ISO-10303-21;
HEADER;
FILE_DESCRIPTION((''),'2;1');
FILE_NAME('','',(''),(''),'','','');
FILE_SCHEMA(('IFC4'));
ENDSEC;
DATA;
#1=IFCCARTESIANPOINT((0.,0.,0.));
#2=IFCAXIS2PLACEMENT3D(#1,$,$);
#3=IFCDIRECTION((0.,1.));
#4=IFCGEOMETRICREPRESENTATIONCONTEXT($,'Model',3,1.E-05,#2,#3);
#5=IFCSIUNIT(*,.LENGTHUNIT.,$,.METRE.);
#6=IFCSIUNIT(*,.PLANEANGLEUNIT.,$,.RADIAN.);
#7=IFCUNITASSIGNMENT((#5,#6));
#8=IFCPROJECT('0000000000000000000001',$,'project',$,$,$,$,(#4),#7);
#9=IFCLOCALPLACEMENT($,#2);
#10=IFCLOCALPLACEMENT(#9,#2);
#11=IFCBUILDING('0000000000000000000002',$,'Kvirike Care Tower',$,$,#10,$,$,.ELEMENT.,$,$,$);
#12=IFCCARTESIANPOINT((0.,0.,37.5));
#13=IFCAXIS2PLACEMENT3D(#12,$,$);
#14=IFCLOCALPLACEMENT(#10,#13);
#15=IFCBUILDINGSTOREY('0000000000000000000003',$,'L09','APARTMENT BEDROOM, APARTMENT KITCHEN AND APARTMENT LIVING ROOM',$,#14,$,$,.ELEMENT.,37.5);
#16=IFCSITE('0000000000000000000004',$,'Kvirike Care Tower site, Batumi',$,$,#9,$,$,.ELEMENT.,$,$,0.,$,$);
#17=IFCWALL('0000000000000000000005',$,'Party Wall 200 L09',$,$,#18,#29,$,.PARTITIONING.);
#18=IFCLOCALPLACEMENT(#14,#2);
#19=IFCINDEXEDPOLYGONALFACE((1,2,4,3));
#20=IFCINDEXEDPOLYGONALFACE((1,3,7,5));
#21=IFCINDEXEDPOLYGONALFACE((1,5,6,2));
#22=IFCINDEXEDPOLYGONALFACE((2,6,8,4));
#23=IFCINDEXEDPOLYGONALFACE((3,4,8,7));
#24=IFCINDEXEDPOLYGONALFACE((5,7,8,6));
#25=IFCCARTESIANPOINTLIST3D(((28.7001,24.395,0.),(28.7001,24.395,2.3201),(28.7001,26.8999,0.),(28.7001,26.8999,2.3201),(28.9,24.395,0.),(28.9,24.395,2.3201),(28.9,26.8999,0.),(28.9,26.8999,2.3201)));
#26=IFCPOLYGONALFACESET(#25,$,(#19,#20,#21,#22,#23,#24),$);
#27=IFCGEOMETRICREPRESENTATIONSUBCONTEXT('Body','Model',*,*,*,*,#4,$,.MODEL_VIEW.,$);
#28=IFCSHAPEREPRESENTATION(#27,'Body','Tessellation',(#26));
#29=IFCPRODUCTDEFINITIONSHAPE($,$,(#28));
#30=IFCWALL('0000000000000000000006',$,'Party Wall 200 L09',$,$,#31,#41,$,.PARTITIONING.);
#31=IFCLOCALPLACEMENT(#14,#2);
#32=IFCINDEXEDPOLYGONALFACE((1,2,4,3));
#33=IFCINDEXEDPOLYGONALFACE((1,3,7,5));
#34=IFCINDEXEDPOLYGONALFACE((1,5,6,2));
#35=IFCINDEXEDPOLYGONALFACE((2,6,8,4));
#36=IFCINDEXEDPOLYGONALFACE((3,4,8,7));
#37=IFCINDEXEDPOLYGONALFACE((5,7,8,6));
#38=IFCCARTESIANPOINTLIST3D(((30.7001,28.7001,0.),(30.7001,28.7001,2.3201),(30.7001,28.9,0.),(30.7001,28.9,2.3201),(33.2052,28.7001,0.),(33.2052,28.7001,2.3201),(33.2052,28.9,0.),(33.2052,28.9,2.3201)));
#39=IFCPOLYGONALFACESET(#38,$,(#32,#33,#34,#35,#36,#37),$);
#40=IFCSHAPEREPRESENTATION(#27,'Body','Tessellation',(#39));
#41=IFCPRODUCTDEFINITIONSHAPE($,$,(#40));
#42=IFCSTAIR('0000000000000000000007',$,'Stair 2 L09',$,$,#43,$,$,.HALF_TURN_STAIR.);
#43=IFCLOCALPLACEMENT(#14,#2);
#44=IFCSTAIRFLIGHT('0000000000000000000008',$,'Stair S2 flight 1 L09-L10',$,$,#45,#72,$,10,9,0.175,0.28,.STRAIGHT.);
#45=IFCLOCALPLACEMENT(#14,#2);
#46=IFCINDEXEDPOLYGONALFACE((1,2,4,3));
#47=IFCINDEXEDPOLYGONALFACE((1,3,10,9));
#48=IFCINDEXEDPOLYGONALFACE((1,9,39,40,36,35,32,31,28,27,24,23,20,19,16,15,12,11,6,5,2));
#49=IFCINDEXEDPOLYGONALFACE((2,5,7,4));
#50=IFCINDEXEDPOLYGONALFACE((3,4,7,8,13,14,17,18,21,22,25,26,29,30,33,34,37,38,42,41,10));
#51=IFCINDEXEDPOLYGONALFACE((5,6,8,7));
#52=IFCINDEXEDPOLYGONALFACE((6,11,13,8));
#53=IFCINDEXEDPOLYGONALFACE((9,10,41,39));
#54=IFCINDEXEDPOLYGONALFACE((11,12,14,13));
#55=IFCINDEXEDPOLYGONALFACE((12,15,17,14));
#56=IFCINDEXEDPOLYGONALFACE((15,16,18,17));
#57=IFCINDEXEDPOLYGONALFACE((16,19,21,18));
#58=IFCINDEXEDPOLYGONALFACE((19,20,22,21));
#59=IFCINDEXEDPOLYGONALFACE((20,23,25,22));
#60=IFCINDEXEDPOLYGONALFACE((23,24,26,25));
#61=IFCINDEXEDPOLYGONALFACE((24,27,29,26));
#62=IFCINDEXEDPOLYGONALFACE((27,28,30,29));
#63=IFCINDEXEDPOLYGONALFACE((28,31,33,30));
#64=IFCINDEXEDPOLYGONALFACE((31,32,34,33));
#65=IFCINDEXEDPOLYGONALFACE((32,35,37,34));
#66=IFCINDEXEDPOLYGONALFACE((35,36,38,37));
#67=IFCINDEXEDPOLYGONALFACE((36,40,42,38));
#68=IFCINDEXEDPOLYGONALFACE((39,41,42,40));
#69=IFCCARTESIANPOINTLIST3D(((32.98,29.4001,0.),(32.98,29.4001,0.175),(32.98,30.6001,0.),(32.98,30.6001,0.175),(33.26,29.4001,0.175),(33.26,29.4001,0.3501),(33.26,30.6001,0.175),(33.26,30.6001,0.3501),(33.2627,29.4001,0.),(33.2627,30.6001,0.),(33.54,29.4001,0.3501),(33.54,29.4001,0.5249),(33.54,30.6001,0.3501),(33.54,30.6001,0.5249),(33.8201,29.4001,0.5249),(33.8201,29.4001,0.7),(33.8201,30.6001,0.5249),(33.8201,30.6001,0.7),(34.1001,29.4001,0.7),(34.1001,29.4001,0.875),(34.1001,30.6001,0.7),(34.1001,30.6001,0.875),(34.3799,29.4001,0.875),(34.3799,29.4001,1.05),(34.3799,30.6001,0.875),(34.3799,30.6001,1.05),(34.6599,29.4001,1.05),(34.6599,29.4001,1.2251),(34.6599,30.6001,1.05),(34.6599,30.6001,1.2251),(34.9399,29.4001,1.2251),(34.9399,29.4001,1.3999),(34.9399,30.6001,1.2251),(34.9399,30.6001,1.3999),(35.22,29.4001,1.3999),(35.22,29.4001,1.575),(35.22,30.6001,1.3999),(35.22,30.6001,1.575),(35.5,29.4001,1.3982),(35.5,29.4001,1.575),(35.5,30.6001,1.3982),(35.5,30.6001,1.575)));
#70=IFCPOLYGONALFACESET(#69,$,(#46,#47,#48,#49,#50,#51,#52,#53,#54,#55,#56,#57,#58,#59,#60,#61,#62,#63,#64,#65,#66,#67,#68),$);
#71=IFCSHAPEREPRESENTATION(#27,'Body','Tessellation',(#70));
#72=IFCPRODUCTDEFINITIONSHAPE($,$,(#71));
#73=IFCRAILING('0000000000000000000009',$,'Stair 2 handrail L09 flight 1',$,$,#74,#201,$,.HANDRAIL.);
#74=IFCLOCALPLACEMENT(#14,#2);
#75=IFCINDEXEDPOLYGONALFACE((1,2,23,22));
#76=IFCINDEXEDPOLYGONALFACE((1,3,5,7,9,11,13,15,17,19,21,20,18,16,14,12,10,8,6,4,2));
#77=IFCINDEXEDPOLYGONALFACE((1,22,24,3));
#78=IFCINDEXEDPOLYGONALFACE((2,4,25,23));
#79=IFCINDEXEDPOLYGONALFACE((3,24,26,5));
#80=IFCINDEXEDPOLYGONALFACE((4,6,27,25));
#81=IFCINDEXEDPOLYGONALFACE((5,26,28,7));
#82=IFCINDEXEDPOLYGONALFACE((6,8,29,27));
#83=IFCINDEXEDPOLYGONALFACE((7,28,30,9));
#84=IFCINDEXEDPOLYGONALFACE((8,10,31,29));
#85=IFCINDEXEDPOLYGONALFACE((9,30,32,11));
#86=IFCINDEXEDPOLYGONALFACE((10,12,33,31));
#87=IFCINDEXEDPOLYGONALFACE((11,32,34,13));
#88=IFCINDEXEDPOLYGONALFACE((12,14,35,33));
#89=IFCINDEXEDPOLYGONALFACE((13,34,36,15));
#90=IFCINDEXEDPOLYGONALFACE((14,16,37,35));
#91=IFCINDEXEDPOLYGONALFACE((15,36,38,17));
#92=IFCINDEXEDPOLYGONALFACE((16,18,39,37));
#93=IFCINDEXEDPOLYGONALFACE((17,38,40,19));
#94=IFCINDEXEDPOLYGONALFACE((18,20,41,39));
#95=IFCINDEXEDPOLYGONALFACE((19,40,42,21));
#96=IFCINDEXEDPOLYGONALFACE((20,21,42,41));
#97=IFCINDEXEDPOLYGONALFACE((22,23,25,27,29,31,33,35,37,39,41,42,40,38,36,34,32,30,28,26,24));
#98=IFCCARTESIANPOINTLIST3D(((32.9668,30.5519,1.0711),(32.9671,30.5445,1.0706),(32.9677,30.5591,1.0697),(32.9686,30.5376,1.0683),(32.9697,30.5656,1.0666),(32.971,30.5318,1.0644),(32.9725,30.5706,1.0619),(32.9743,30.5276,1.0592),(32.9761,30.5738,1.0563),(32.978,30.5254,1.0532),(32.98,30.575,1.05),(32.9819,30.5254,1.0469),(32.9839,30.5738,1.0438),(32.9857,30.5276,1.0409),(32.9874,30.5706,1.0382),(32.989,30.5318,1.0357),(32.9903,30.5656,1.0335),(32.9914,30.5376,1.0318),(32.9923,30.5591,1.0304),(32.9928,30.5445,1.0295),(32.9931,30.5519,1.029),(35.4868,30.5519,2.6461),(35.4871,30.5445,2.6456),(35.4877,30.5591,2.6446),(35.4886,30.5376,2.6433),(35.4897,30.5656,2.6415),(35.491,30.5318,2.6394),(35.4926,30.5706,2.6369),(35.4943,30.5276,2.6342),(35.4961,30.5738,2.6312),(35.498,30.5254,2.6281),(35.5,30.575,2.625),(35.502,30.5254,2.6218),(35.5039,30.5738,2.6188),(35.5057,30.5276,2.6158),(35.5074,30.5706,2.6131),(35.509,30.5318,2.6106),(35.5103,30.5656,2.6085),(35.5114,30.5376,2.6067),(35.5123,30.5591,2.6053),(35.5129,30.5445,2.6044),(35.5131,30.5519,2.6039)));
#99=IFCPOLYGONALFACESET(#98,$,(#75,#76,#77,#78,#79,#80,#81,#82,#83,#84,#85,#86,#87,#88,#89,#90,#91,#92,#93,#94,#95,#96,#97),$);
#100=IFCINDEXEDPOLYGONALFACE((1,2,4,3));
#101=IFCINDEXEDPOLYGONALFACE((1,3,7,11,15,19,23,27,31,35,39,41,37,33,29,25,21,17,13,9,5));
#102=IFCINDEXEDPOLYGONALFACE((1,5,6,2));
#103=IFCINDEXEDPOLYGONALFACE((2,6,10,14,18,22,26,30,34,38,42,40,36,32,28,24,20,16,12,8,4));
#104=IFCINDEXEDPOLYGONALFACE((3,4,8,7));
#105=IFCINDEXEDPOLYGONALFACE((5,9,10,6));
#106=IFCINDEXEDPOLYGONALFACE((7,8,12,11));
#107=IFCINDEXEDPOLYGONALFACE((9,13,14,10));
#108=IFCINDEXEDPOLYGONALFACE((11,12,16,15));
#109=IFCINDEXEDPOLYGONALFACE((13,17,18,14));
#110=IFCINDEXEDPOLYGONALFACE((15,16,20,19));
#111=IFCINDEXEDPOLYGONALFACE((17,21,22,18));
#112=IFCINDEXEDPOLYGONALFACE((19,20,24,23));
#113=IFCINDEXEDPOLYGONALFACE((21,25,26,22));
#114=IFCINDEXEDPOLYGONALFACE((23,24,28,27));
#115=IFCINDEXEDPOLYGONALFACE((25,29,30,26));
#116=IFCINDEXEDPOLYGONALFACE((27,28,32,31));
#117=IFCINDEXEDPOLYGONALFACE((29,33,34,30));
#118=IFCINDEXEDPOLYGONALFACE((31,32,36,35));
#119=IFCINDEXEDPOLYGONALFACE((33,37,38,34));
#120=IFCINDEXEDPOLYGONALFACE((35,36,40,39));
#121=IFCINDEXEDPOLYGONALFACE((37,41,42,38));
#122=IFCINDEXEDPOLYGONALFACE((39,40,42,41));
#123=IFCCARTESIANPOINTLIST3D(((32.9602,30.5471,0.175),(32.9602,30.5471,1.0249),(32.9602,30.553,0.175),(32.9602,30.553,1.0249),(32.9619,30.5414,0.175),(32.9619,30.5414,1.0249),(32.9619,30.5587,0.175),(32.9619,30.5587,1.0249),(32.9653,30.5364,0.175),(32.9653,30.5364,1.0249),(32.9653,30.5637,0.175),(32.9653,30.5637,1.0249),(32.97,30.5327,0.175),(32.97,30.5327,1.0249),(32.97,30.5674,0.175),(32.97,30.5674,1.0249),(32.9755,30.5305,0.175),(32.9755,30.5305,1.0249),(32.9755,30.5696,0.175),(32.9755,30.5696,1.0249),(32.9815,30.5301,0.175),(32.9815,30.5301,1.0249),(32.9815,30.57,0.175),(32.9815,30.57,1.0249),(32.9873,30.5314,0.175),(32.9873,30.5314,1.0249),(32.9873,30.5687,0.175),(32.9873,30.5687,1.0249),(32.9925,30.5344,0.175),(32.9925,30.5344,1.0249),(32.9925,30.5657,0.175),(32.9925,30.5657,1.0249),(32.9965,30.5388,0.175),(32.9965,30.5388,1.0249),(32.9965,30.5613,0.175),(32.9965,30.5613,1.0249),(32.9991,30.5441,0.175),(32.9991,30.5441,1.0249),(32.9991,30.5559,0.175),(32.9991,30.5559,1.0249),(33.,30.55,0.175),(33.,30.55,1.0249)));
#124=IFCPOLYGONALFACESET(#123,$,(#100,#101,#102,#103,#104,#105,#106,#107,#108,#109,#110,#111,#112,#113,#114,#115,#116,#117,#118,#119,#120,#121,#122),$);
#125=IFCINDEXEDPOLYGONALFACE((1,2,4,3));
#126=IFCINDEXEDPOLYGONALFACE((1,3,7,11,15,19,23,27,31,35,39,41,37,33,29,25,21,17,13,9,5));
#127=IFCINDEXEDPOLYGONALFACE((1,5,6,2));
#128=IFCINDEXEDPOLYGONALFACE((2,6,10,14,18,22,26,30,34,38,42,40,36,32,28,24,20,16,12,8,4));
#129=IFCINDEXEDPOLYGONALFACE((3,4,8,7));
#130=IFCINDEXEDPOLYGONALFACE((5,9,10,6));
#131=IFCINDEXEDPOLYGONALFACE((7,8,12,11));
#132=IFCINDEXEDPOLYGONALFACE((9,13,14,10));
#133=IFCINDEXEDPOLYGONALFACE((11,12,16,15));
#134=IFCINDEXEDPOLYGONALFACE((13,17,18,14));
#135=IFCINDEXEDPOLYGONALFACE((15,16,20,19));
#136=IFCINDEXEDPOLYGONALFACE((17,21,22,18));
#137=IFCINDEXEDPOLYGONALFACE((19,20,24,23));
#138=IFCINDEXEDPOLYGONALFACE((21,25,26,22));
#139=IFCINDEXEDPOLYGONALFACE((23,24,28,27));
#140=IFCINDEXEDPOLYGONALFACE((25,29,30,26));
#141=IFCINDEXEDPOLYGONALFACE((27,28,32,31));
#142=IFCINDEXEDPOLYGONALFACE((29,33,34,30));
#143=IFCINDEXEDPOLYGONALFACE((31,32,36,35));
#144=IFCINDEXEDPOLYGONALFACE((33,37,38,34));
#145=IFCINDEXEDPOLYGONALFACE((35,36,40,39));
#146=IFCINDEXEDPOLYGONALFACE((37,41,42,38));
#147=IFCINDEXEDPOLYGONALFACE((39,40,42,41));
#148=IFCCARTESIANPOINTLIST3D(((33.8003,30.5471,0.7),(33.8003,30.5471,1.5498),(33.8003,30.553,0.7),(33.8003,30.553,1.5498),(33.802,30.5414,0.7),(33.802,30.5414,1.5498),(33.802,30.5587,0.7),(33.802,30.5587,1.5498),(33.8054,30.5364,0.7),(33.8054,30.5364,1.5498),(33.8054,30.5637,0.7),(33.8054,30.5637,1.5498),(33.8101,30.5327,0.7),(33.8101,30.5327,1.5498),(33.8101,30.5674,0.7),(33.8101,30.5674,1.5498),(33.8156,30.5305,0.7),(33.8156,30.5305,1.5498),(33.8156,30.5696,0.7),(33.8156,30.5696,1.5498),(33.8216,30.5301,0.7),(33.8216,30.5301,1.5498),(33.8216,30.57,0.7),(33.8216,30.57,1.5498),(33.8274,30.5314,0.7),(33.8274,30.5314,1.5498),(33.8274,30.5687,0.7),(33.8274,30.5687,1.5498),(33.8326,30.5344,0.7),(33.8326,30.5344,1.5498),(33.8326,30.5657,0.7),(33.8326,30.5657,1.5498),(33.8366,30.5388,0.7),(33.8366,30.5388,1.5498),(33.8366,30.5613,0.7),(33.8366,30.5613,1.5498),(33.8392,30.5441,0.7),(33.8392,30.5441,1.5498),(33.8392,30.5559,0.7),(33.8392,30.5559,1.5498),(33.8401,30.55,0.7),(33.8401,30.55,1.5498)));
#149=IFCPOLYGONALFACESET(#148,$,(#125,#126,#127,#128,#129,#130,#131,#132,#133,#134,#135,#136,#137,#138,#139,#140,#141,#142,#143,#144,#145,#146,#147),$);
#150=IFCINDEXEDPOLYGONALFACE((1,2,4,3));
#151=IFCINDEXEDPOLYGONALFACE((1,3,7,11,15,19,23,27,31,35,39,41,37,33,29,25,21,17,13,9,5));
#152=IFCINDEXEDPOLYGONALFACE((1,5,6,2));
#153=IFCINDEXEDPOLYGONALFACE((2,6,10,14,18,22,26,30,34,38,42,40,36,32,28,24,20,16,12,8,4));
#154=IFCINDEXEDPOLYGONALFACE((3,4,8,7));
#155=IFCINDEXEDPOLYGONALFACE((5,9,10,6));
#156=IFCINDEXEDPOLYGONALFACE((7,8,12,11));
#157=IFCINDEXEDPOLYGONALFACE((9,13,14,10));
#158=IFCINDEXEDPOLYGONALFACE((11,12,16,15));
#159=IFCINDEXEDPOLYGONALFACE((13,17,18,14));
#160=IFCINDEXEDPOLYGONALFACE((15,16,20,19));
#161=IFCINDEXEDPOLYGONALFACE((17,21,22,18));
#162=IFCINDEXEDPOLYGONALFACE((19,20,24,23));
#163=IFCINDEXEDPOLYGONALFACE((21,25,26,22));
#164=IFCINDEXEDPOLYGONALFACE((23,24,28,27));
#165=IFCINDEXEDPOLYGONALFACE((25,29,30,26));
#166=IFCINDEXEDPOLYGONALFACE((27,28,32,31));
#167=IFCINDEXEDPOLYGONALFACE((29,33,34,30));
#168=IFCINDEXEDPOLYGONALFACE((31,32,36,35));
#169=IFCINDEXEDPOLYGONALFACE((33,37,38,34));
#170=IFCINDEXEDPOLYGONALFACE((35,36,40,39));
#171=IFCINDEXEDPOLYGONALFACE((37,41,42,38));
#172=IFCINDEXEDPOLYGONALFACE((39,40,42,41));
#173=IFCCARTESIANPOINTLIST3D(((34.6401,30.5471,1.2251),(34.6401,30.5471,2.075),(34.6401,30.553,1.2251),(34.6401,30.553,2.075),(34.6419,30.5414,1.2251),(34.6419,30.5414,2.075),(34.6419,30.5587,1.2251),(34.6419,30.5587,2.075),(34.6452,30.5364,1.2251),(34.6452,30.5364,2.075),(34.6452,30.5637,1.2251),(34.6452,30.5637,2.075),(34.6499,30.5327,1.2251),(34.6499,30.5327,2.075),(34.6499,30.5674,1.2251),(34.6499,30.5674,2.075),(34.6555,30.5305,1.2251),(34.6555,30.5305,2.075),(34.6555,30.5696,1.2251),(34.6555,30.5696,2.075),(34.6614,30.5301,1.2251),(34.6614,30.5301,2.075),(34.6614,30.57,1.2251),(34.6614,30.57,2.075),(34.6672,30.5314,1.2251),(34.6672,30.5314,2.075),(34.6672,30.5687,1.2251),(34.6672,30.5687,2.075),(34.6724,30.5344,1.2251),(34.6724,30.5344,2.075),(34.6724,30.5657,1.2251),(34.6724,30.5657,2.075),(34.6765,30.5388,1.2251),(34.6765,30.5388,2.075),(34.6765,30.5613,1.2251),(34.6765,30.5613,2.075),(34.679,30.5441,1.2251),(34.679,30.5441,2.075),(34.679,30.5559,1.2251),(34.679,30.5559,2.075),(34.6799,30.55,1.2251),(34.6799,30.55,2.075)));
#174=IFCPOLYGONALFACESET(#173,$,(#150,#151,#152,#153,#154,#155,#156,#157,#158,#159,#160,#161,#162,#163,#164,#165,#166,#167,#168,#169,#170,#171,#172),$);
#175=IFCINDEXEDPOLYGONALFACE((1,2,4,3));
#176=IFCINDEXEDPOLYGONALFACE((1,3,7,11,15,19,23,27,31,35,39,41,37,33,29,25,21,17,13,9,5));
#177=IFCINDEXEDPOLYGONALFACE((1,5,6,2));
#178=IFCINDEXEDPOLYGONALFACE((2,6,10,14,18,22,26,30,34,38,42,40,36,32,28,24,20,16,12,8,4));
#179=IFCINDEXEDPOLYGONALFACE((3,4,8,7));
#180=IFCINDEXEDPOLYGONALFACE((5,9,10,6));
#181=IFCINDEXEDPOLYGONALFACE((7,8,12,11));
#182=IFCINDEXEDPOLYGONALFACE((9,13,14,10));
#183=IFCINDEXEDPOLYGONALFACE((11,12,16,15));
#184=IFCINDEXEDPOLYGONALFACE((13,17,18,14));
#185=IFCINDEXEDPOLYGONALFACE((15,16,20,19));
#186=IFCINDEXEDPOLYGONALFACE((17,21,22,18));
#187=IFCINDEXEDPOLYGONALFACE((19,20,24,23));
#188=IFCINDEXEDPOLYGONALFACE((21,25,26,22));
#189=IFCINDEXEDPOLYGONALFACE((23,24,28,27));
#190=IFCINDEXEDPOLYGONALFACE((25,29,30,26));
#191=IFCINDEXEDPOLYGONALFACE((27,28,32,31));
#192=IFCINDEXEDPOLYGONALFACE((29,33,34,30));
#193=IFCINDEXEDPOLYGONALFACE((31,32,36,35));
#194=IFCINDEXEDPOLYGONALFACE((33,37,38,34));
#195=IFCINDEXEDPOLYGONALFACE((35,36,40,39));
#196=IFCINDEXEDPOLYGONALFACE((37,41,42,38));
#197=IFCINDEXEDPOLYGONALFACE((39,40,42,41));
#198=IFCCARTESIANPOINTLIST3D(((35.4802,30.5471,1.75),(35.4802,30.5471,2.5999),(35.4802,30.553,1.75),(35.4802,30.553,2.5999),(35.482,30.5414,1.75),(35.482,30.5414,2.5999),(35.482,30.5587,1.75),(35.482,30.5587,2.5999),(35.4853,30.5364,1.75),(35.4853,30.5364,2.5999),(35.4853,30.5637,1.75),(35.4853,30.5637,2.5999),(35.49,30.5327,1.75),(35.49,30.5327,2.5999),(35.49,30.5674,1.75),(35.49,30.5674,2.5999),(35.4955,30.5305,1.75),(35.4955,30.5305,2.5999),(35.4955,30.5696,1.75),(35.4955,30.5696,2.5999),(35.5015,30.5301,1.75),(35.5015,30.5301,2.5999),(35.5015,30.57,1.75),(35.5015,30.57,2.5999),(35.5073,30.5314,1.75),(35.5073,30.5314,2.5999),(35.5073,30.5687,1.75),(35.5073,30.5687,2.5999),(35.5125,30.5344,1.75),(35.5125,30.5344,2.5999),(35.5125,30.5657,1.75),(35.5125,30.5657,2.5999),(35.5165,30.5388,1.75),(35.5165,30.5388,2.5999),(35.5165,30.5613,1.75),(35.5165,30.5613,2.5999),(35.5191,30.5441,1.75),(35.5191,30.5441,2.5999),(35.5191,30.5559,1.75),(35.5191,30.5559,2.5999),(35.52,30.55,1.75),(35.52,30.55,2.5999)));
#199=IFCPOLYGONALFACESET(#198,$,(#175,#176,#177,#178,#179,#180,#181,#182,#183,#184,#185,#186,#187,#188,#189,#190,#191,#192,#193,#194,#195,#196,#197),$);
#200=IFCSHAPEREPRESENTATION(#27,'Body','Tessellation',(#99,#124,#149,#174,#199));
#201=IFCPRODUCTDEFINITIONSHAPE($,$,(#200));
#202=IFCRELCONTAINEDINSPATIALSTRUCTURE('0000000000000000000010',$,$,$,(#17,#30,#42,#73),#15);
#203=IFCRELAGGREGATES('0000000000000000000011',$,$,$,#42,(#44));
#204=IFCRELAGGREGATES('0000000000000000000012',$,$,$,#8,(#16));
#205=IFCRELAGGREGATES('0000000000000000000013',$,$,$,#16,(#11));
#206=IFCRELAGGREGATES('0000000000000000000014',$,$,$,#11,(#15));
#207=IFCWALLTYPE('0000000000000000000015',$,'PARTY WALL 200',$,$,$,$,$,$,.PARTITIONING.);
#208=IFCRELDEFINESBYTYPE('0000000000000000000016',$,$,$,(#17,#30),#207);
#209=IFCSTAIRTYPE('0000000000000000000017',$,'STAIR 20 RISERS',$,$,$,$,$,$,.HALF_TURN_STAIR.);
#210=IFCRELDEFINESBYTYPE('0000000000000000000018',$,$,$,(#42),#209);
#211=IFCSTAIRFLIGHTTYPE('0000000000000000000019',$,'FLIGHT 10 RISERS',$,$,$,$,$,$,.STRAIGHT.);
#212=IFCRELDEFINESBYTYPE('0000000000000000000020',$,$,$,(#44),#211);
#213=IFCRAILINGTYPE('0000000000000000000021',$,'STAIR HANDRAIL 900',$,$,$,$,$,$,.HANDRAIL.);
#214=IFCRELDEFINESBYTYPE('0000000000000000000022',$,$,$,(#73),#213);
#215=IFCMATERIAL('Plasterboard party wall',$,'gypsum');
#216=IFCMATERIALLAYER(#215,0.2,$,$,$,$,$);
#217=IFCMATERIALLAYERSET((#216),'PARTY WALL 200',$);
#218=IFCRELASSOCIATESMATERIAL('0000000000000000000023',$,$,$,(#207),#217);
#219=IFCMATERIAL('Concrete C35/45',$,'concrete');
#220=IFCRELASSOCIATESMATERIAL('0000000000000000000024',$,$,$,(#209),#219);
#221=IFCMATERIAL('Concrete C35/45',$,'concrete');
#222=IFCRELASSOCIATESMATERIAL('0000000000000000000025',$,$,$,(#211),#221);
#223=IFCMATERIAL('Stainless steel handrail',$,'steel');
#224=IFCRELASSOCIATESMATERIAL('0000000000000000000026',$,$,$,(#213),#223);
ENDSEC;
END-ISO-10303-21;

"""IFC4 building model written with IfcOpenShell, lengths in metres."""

from ifc_helpers import new_model, si_unit, direction, frame, frame_2d, origin, origin_2d, place, context, subcontext, project, spatial, polyline, rectangle, circle, outline, extrude, material, layer, layer_set, type_object, element, aggregate, save


model = new_model("IFC4")

# Units and contexts
model_context = context("Model", 3, precision=1e-05, world=origin(), true_north=direction((0.0, 1.0)))
body_context = subcontext(model_context, "Body", "Model", "MODEL_VIEW")
ifc_project = project(units=[si_unit("LENGTHUNIT", "METRE"), si_unit("PLANEANGLEUNIT", "RADIAN")], contexts=[model_context])

# Site, building, storey
site_placement = place(None, origin())
site = spatial("IfcSite", under=ifc_project, at=site_placement, Name="Kvirike Care Tower site, Batumi", CompositionType="ELEMENT", RefElevation=0.0)
building_placement = place(site_placement, origin())
building = spatial("IfcBuilding", under=site, at=building_placement, Name="Kvirike Care Tower", CompositionType="ELEMENT")
storey_placement = place(building_placement, frame((0.0, 0.0, 37.5)))
storey = spatial("IfcBuildingStorey", under=building, at=storey_placement, Name="L09", Description="APARTMENT BEDROOM, APARTMENT KITCHEN AND APARTMENT LIVING ROOM", CompositionType="ELEMENT", Elevation=37.5)

# Walls
ifc_material_1 = material(Name="Plasterboard party wall", Category="gypsum")
ifc_layer_1 = layer(ifc_material_1, 0.2)
ifc_layer_set_1 = layer_set([ifc_layer_1], Name="PARTY WALL 200")
wall_type_1 = type_object("IfcWallType", Name="PARTY WALL 200", PredefinedType="PARTITIONING", material=ifc_layer_set_1)
wall_1_placement = place(storey_placement, frame((28.8, 24.395, 0.0), z_axis=(0.0, 0.0, 1.0), x_axis=(0.0, 1.0, 0.0)))
element("IfcWall", 1, at=wall_1_placement, inside=storey, type_object=wall_type_1, Name="Party Wall 200 L09", PredefinedType="PARTITIONING", context=body_context, shape_type="SweptSolid", body=[
    extrude(rectangle(XDim=2.5049, YDim=0.2, at=frame_2d((1.2524, 0.0))), origin(), (0.0, 0.0, 1.0), 2.3201),
])
wall_2_placement = place(storey_placement, frame((33.2051, 28.8, 0.0), z_axis=(0.0, 0.0, 1.0), x_axis=(-1.0, 0.0, 0.0)))
element("IfcWall", 2, at=wall_2_placement, inside=storey, type_object=wall_type_1, Name="Party Wall 200 L09", PredefinedType="PARTITIONING", context=body_context, shape_type="SweptSolid", body=[
    extrude(rectangle(XDim=2.5051, YDim=0.2, at=frame_2d((1.2524, 0.0))), origin(), (0.0, 0.0, 1.0), 2.3201),
])

# Stair, stair flight
ifc_material_2 = material(Name="Concrete C35/45", Category="concrete")
stair_type = type_object("IfcStairType", Name="STAIR 20 RISERS", PredefinedType="HALF_TURN_STAIR", material=ifc_material_2)
stair_placement = place(storey_placement, origin())
stair = element("IfcStair", 3, at=stair_placement, inside=storey, type_object=stair_type, Name="Stair 2 L09", PredefinedType="HALF_TURN_STAIR")
ifc_material_3 = material(Name="Concrete C35/45", Category="concrete")
stair_flight_type = type_object("IfcStairFlightType", Name="FLIGHT 10 RISERS", PredefinedType="STRAIGHT", material=ifc_material_3)
stair_flight_placement = place(storey_placement, frame((32.98, 30.0, 0.0), z_axis=(0.0, 0.0, 1.0), x_axis=(1.0, 0.0, 0.0)))
stair_flight = element("IfcStairFlight", 4, at=stair_flight_placement, type_object=stair_flight_type, Name="Stair S2 flight 1 L09-L10", NumberOfRisers=10, NumberOfTreads=9, PredefinedType="STRAIGHT", RiserHeight=0.175, TreadLength=0.28, context=body_context, shape_type="SweptSolid", body=[
    extrude(outline(polyline([(0.0, 0.0), (0.0, 0.175), (0.28, 0.175), (0.28, 0.3501), (0.5601, 0.3501), (0.5601, 0.5249), (0.8401, 0.5249), (0.8401, 0.7), (1.1201, 0.7), (1.1201, 0.875), (1.3999, 0.875), (1.3999, 1.05), (1.6799, 1.05), (1.6799, 1.2251), (1.96, 1.2251), (1.96, 1.3999), (2.24, 1.3999), (2.24, 1.575), (2.52, 1.575), (2.52, 1.75), (2.52, 1.3982), (0.2827, 0.0), (0.0, 0.0)])), frame((0.0, 0.6001, 0.0), z_axis=(0.0, -1.0, 0.0), x_axis=(1.0, 0.0, 0.0)), (0.0, 0.0, 1.0), 1.2),
])
aggregate(stair, [stair_flight])

# Railing
ifc_material_4 = material(Name="Stainless steel handrail", Category="steel")
railing_type = type_object("IfcRailingType", Name="STAIR HANDRAIL 900", PredefinedType="HANDRAIL", material=ifc_material_4)
railing_placement = place(storey_placement, frame((32.98, 30.55, 0.175)))
element("IfcRailing", 5, at=railing_placement, inside=storey, type_object=railing_type, Name="Stair 2 handrail L09 flight 1", PredefinedType="HANDRAIL", context=body_context, shape_type="SweptSolid", body=[
    extrude(circle(Radius=0.0249, at=origin_2d()), frame((0.0, 0.0, 0.875), z_axis=(0.848008, 0.0, 0.529984), x_axis=(0.0, 1.0, 0.0)), (0.0, 0.0, 1.0), 2.9717),
    extrude(circle(Radius=0.02, at=origin_2d()), origin(), (0.0, 0.0, 1.0), 0.8499),
    extrude(circle(Radius=0.02, at=origin_2d()), frame((0.8401, 0.0, 0.5249)), (0.0, 0.0, 1.0), 0.8499),
    extrude(circle(Radius=0.02, at=origin_2d()), frame((1.6799, 0.0, 1.05)), (0.0, 0.0, 1.0), 0.8499),
    extrude(circle(Radius=0.02, at=origin_2d()), frame((2.52, 0.0, 1.575)), (0.0, 0.0, 1.0), 0.8499),
])

save(model, "model.ifc")
